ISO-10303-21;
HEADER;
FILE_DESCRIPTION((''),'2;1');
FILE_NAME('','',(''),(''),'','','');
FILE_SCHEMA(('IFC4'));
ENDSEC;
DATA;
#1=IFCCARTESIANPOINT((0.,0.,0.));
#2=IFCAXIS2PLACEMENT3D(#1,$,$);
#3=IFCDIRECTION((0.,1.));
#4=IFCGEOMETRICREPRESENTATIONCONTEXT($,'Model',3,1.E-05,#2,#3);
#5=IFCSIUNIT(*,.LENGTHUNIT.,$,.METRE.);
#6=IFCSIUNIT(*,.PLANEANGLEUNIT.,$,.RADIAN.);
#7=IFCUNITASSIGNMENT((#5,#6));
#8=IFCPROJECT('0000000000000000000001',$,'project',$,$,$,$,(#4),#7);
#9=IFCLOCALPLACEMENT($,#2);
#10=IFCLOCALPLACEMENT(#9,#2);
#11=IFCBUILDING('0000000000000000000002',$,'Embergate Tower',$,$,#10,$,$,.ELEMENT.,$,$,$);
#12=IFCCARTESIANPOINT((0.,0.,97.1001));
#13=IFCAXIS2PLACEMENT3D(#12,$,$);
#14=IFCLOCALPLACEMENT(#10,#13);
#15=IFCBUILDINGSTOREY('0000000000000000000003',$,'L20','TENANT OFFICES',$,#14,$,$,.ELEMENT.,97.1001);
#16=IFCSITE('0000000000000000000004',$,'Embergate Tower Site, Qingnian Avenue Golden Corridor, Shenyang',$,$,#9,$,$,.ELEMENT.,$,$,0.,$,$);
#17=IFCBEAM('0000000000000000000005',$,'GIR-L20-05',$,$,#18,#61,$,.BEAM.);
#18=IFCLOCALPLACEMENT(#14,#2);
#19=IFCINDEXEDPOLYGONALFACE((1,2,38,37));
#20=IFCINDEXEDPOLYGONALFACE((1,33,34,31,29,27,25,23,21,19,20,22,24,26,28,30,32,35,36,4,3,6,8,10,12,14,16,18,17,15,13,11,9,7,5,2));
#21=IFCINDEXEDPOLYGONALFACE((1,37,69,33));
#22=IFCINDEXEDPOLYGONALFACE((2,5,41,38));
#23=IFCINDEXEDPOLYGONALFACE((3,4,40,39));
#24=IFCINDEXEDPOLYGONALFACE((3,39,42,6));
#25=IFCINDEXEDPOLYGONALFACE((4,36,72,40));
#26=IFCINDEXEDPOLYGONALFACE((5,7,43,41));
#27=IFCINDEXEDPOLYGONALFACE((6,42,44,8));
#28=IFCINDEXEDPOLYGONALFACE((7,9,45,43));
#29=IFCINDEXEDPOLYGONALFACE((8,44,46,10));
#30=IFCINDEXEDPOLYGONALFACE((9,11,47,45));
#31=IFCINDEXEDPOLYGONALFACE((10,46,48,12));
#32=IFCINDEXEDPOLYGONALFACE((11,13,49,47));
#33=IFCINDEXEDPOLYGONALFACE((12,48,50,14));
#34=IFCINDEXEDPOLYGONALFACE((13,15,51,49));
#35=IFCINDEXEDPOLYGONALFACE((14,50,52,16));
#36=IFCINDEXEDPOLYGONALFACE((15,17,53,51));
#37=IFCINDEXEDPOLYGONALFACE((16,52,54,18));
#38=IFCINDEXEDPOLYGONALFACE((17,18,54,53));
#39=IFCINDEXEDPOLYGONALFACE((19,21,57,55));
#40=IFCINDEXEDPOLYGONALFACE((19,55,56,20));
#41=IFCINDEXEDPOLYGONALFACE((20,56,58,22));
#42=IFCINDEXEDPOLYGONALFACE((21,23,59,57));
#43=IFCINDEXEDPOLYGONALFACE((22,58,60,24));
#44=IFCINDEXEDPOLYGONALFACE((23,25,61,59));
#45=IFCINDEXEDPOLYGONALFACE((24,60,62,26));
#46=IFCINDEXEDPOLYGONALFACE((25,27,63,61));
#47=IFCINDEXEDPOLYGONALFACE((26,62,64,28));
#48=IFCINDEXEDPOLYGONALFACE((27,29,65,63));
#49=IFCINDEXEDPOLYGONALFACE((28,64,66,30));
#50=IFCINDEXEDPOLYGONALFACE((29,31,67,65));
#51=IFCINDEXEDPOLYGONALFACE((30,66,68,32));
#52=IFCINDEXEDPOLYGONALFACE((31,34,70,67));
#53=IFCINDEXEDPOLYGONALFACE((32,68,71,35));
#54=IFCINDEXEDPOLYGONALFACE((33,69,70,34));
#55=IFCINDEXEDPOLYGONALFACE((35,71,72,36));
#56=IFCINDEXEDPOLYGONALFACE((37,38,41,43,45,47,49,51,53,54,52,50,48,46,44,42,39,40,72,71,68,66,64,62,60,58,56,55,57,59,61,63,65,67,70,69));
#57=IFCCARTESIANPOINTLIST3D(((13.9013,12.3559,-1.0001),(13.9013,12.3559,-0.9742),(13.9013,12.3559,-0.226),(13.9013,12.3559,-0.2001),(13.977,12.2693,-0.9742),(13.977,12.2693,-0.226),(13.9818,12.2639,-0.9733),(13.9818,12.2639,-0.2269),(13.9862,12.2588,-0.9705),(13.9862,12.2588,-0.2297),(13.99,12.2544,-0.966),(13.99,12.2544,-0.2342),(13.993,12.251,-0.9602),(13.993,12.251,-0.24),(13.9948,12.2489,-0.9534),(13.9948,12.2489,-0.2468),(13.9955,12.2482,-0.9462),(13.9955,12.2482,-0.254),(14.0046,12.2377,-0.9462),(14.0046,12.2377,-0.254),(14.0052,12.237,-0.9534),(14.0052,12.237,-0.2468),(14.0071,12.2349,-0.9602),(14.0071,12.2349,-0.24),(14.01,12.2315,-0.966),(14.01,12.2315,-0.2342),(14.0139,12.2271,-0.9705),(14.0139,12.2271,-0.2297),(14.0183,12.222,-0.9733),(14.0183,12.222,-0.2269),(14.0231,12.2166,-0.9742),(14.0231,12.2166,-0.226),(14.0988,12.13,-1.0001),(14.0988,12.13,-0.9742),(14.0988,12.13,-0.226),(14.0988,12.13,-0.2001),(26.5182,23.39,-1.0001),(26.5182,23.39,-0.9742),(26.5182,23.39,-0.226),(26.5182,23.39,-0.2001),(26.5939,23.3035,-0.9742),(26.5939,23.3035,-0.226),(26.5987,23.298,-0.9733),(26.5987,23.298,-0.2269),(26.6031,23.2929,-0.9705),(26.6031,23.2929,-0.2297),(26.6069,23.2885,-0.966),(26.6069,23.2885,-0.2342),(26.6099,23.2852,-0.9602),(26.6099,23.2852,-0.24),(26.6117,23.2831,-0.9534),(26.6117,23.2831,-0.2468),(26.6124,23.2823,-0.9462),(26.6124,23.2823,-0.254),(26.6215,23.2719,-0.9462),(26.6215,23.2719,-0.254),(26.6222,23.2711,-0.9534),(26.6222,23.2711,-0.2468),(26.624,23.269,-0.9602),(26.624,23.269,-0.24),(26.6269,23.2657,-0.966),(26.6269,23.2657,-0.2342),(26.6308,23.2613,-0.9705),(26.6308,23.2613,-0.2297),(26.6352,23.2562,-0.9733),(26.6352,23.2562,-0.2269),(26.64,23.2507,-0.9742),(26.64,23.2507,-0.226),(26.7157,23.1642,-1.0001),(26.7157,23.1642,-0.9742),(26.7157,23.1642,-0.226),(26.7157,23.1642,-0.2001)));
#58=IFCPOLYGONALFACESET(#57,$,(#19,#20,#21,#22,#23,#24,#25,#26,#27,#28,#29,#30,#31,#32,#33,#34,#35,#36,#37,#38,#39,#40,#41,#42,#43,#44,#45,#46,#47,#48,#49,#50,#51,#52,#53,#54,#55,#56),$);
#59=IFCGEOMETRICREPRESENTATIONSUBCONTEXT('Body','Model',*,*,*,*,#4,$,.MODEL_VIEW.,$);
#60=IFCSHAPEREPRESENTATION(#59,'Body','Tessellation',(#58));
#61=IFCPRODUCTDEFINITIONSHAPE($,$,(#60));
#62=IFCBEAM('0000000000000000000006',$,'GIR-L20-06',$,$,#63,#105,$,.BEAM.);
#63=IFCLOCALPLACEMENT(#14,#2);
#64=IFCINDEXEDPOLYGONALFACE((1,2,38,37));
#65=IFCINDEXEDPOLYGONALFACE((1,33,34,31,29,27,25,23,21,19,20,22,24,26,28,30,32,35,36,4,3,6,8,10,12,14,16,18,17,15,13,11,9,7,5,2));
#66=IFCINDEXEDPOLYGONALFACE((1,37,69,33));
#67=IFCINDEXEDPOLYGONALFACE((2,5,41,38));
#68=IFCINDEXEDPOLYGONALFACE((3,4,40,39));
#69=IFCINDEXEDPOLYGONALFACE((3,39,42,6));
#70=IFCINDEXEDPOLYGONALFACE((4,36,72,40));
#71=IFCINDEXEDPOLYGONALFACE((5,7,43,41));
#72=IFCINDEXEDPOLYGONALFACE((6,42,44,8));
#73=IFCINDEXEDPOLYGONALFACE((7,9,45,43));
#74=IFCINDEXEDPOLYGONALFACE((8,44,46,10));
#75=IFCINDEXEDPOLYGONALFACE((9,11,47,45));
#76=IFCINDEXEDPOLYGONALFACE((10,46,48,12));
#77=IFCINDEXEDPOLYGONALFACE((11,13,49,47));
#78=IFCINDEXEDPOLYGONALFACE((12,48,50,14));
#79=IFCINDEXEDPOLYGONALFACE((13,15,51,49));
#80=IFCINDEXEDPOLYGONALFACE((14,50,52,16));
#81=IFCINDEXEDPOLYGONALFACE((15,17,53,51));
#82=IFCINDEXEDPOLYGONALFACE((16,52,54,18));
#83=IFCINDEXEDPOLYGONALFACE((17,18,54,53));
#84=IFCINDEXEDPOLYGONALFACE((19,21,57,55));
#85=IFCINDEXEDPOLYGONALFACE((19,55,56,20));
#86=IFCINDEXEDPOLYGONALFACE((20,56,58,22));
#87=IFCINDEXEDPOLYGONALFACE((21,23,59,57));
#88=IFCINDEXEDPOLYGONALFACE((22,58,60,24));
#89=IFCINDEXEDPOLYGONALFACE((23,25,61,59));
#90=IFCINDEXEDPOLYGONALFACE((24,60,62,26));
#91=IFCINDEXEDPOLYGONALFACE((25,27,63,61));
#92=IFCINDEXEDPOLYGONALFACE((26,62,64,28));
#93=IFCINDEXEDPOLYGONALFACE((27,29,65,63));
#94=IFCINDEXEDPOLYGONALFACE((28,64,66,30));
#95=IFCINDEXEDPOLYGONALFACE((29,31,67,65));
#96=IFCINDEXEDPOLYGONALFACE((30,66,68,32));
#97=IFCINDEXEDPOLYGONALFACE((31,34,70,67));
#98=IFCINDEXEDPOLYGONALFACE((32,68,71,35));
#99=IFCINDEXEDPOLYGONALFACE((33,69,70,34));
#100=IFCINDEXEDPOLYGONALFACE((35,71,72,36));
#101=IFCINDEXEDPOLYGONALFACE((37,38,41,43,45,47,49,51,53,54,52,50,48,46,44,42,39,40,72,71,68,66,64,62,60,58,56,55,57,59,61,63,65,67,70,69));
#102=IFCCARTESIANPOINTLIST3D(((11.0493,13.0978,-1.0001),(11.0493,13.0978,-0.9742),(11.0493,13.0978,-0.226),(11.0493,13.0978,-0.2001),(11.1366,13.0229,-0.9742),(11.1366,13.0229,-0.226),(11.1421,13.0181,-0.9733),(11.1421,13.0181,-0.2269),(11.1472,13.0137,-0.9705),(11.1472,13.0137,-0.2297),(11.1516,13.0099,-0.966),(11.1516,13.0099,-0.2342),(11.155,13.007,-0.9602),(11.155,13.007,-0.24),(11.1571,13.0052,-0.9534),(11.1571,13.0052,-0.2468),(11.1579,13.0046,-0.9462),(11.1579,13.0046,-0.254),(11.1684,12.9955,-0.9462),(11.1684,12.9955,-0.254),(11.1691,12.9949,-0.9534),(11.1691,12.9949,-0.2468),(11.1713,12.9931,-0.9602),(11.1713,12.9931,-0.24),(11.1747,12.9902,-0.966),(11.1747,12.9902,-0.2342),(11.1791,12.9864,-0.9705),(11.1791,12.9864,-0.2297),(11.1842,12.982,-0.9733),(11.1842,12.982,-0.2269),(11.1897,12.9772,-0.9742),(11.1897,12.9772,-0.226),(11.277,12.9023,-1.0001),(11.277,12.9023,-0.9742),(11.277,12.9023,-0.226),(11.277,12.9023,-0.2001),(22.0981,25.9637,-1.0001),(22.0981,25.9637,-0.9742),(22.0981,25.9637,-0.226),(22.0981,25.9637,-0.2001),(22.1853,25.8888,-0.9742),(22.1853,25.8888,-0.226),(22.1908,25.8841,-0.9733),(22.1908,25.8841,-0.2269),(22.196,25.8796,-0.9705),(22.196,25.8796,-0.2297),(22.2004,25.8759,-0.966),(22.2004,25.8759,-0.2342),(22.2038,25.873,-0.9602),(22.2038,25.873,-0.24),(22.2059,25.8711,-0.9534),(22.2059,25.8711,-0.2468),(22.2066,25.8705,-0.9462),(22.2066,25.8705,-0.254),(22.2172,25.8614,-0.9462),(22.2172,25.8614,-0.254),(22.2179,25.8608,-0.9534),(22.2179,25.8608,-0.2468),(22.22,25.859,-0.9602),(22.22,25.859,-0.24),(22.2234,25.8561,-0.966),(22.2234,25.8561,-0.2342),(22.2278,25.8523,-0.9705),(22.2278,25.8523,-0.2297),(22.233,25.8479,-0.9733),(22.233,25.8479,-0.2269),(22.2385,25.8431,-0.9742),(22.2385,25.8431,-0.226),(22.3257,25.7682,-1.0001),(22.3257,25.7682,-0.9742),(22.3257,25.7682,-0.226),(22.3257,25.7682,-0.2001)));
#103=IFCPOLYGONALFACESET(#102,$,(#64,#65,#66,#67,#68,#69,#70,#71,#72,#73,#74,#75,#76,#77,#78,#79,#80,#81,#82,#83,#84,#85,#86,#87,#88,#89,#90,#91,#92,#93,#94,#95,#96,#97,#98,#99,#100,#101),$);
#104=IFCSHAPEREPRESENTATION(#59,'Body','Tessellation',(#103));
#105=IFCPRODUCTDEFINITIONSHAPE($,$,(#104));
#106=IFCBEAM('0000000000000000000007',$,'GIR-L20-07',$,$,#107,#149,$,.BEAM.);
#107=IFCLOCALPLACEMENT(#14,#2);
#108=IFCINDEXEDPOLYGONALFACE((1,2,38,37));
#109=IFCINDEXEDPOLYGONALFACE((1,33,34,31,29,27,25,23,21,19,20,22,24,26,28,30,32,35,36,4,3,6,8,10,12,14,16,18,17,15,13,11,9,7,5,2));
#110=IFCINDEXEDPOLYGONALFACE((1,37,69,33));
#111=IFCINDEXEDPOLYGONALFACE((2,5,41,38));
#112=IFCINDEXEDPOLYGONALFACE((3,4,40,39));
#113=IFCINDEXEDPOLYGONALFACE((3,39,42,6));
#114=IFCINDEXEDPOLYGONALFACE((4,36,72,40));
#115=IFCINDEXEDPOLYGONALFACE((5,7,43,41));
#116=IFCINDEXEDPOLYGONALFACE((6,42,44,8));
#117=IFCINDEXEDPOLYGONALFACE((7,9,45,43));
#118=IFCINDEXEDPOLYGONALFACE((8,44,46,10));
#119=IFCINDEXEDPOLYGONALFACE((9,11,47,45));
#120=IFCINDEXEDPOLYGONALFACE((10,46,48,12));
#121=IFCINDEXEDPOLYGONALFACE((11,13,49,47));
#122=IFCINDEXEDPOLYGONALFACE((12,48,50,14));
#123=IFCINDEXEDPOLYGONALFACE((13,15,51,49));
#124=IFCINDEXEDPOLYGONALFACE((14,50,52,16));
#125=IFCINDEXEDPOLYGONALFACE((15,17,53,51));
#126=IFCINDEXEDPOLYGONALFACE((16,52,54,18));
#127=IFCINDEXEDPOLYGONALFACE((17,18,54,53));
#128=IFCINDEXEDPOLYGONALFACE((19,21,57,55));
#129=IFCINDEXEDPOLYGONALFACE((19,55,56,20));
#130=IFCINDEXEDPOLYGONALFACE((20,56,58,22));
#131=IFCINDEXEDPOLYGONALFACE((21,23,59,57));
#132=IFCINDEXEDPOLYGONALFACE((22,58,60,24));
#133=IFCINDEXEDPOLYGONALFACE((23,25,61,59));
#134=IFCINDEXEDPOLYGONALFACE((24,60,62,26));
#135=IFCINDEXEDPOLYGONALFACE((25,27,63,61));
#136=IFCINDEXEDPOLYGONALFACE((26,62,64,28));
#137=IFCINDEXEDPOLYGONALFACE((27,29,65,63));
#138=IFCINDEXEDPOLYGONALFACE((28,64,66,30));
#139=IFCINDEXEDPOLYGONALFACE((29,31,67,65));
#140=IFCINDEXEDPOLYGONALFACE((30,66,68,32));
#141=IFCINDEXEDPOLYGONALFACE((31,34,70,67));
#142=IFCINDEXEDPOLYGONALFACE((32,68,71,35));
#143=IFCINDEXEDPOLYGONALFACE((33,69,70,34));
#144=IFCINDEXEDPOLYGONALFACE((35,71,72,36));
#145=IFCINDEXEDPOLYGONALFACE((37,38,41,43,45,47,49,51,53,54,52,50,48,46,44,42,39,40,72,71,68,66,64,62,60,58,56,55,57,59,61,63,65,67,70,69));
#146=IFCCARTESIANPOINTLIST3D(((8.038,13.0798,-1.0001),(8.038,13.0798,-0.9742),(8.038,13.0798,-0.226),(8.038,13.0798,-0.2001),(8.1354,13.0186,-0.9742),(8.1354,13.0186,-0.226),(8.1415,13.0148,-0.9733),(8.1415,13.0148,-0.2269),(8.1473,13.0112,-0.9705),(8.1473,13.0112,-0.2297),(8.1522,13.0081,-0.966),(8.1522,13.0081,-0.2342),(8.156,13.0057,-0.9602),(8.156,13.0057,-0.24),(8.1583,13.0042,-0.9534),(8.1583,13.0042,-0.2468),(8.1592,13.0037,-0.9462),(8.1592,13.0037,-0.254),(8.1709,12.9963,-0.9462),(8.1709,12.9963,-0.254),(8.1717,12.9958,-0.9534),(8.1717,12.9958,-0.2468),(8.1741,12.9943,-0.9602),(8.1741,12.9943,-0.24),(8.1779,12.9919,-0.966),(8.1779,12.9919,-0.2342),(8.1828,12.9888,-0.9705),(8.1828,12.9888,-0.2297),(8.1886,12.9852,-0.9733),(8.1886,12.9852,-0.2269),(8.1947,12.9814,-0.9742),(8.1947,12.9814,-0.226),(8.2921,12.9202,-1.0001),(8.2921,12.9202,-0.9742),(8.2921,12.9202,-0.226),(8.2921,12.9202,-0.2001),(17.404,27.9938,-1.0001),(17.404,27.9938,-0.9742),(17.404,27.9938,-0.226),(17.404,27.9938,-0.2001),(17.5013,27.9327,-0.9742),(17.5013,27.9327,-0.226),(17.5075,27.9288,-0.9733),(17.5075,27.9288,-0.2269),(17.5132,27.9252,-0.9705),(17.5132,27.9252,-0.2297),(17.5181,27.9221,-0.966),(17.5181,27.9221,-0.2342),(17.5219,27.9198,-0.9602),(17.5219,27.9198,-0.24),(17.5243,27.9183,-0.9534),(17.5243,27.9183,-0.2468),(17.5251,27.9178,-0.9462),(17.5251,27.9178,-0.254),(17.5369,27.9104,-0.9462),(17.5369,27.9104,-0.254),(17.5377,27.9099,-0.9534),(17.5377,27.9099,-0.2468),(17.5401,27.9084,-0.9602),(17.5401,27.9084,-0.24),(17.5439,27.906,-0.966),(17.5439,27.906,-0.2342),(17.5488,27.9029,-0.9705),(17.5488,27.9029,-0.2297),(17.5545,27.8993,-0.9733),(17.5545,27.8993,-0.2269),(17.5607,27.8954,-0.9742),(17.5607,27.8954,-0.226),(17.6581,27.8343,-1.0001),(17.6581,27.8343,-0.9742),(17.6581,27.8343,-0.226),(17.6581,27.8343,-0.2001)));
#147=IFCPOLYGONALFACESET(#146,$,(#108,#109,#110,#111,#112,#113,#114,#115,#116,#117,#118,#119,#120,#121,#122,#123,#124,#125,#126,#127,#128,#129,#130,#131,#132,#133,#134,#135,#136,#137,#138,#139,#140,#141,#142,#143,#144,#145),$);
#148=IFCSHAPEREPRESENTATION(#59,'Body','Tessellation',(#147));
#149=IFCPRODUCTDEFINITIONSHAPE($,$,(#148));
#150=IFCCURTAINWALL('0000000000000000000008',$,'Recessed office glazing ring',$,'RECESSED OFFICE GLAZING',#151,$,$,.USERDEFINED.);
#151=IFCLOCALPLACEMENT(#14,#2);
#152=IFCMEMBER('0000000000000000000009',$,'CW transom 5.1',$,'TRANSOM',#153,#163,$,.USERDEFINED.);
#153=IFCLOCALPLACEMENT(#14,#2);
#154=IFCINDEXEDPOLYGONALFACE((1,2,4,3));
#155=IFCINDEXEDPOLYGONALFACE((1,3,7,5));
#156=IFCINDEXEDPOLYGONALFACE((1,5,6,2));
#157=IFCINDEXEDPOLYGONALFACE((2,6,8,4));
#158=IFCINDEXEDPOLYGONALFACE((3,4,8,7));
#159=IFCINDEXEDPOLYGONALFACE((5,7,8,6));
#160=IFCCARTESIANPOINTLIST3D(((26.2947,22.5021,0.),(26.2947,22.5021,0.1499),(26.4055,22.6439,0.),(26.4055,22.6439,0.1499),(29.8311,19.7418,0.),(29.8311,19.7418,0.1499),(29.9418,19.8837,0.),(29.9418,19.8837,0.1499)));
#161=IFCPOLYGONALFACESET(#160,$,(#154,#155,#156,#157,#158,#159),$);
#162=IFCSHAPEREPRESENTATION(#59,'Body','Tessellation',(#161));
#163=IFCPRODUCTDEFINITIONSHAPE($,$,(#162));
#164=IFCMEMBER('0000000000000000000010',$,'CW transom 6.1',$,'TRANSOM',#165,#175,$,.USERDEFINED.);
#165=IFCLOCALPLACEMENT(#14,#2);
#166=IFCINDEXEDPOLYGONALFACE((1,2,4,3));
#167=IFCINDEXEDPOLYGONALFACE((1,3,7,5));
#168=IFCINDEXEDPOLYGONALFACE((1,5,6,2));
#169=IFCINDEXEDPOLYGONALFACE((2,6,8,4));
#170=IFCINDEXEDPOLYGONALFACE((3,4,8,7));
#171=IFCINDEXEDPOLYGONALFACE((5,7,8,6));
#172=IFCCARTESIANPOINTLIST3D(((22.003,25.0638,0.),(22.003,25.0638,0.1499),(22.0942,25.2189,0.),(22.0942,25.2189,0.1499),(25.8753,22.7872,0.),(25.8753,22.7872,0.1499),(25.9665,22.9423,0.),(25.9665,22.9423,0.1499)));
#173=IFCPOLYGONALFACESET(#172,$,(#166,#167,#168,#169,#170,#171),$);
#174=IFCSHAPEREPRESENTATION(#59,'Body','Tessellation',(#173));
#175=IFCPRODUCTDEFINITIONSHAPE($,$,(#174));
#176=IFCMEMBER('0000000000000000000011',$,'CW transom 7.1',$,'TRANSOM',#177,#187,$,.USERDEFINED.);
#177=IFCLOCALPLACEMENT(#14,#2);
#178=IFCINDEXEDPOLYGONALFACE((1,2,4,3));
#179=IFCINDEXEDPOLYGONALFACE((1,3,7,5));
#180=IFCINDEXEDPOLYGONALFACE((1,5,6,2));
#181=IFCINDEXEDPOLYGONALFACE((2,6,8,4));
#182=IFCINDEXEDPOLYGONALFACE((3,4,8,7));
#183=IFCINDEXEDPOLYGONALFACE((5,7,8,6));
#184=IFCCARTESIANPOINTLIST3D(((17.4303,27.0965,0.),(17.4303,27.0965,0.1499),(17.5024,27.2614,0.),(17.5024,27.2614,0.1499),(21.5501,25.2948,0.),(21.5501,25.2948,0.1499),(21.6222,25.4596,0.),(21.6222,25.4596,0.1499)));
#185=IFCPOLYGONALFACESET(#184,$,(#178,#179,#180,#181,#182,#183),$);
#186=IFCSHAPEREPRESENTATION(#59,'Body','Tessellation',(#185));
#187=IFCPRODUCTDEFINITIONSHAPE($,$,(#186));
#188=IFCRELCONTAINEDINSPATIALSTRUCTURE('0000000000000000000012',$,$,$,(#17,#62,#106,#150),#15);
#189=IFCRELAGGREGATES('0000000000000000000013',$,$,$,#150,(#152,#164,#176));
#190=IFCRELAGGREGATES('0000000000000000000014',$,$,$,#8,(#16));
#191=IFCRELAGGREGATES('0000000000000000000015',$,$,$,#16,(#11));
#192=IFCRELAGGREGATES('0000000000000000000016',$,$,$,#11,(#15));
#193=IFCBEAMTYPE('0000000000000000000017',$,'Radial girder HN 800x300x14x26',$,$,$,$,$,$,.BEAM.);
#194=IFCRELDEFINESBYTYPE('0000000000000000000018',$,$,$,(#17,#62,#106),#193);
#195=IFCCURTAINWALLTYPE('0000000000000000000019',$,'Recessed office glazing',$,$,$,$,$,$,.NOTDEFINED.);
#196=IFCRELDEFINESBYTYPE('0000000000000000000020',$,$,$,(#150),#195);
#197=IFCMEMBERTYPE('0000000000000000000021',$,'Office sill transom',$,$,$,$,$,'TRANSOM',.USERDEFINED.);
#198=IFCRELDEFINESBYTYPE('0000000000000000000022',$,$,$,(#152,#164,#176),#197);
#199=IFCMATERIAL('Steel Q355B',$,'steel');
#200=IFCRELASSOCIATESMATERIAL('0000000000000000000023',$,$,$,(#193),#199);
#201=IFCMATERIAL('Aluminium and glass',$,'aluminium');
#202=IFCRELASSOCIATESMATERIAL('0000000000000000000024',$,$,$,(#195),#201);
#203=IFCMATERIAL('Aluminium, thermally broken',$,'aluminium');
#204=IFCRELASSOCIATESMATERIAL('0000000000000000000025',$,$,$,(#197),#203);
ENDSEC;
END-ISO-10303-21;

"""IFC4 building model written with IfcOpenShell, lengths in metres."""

from ifc_helpers import new_model, si_unit, direction, frame, origin, origin_2d, place, context, subcontext, project, spatial, rectangle, i_section, extrude, source, transform, mapped, material, material_profile, profile_set, type_object, element, aggregate, save


model = new_model("IFC4")

# Units and contexts
model_context = context("Model", 3, precision=1e-05, world=origin(), true_north=direction((0.0, 1.0)))
body_context = subcontext(model_context, "Body", "Model", "MODEL_VIEW")
ifc_project = project(units=[si_unit("LENGTHUNIT", "METRE"), si_unit("PLANEANGLEUNIT", "RADIAN")], contexts=[model_context])

# Site, building, storey
site_placement = place(None, origin())
site = spatial("IfcSite", under=ifc_project, at=site_placement, Name="Embergate Tower Site, Qingnian Avenue Golden Corridor, Shenyang", CompositionType="ELEMENT", RefElevation=0.0)
building_placement = place(site_placement, origin())
building = spatial("IfcBuilding", under=site, at=building_placement, Name="Embergate Tower", CompositionType="ELEMENT")
storey_placement = place(building_placement, frame((0.0, 0.0, 97.1001)))
storey = spatial("IfcBuildingStorey", under=building, at=storey_placement, Name="L20", Description="TENANT OFFICES", CompositionType="ELEMENT", Elevation=97.1001)

# Beams
ifc_material_1 = material(Name="Steel Q355B", Category="steel")
ifc_material_profile_1 = material_profile(ifc_material_1, i_section(OverallWidth=0.3, OverallDepth=0.8, WebThickness=0.0139, FlangeThickness=0.0259, FilletRadius=0.0281, at=origin_2d()), Name="HN 800x300x14x26")
ifc_profile_set_1 = profile_set([ifc_material_profile_1], Name="Steel Q355 grade B")
beam_type_1 = type_object("IfcBeamType", Name="Radial girder HN 800x300x14x26", PredefinedType="BEAM", material=ifc_profile_set_1)
shared_shape_1 = source(origin(), body_context, "Body", "SweptSolid", [
    extrude(i_section(OverallWidth=0.3, OverallDepth=0.8, WebThickness=0.0139, FlangeThickness=0.0259, FilletRadius=0.0281, at=origin_2d()), origin(), (0.0, 0.0, 1.0), 16.7612),
])
beam_1_placement = place(storey_placement, frame((26.6169, 23.2771, -0.6001), z_axis=(-0.752744, -0.658314, 0.0), x_axis=(0.658314, -0.752744, 0.0)))
element("IfcBeam", 1, at=beam_1_placement, inside=storey, type_object=beam_type_1, Name="GIR-L20-05", PredefinedType="BEAM", context=body_context, shape_type="MappedRepresentation", body=[
    mapped(shared_shape_1, transform((0.0, 0.0, 0.0))),
])
shared_shape_2 = source(origin(), body_context, "Body", "SweptSolid", [
    extrude(i_section(OverallWidth=0.3, OverallDepth=0.8, WebThickness=0.0139, FlangeThickness=0.0259, FilletRadius=0.0281, at=origin_2d()), origin(), (0.0, 0.0, 1.0), 16.959),
])
beam_2_placement = place(storey_placement, frame((22.2119, 25.866, -0.6001), z_axis=(-0.6515, -0.758649, 0.0), x_axis=(0.758649, -0.6515, 0.0)))
element("IfcBeam", 2, at=beam_2_placement, inside=storey, type_object=beam_type_1, Name="GIR-L20-06", PredefinedType="BEAM", context=body_context, shape_type="MappedRepresentation", body=[
    mapped(shared_shape_2, transform((0.0, 0.0, 0.0))),
])
shared_shape_3 = source(origin(), body_context, "Body", "SweptSolid", [
    extrude(i_section(OverallWidth=0.3, OverallDepth=0.8, WebThickness=0.0139, FlangeThickness=0.0259, FilletRadius=0.0281, at=origin_2d()), origin(), (0.0, 0.0, 1.0), 17.6111),
])
beam_3_placement = place(storey_placement, frame((17.531, 27.9141, -0.6001), z_axis=(-0.531822, -0.846856, 0.0), x_axis=(0.846856, -0.531822, 0.0)))
element("IfcBeam", 3, at=beam_3_placement, inside=storey, type_object=beam_type_1, Name="GIR-L20-07", PredefinedType="BEAM", context=body_context, shape_type="MappedRepresentation", body=[
    mapped(shared_shape_3, transform((0.0, 0.0, 0.0))),
])

# Curtain wall, members
ifc_material_2 = material(Name="Aluminium and glass", Category="aluminium")
curtain_wall_type = type_object("IfcCurtainWallType", Name="Recessed office glazing", PredefinedType="NOTDEFINED", material=ifc_material_2)
curtain_wall_placement = place(storey_placement, origin())
curtain_wall = element("IfcCurtainWall", 4, at=curtain_wall_placement, inside=storey, type_object=curtain_wall_type, Name="Recessed office glazing ring", ObjectType="RECESSED OFFICE GLAZING", PredefinedType="USERDEFINED")
ifc_material_3 = material(Name="Aluminium, thermally broken", Category="aluminium")
ifc_material_profile_2 = material_profile(ifc_material_3, rectangle(XDim=0.1799, YDim=0.1499, at=origin_2d()), Name="AL 150x180")
ifc_profile_set_2 = profile_set([ifc_material_profile_2], Name="Aluminium, thermally broken")
member_type_1 = type_object("IfcMemberType", Name="Office sill transom", ElementType="TRANSOM", PredefinedType="USERDEFINED", material=ifc_profile_set_2)
shared_shape_4 = source(origin(), body_context, "Body", "SweptSolid", [
    extrude(rectangle(XDim=0.1799, YDim=0.1499, at=origin_2d()), origin(), (0.0, 0.0, 1.0), 4.4861),
])
member_1_placement = place(storey_placement, frame((29.8865, 19.8127, 0.075), z_axis=(-0.788299, 0.615292, 0.0), x_axis=(-0.615292, -0.788299, 0.0)))
member_1 = element("IfcMember", 5, at=member_1_placement, type_object=member_type_1, Name="CW transom 5.1", ObjectType="TRANSOM", PredefinedType="USERDEFINED", context=body_context, shape_type="MappedRepresentation", body=[
    mapped(shared_shape_4, transform((0.0, 0.0, 0.0))),
])
shared_shape_5 = source(origin(), body_context, "Body", "SweptSolid", [
    extrude(rectangle(XDim=0.1799, YDim=0.1499, at=origin_2d()), origin(), (0.0, 0.0, 1.0), 4.4919),
])
member_2_placement = place(storey_placement, frame((25.9209, 22.8647, 0.075), z_axis=(-0.862053, 0.506818, 0.0), x_axis=(-0.506818, -0.862053, 0.0)))
member_2 = element("IfcMember", 6, at=member_2_placement, type_object=member_type_1, Name="CW transom 6.1", ObjectType="TRANSOM", PredefinedType="USERDEFINED", context=body_context, shape_type="MappedRepresentation", body=[
    mapped(shared_shape_5, transform((0.0, 0.0, 0.0))),
])
shared_shape_6 = source(origin(), body_context, "Body", "SweptSolid", [
    extrude(rectangle(XDim=0.1799, YDim=0.1499, at=origin_2d()), origin(), (0.0, 0.0, 1.0), 4.4966),
])
member_3_placement = place(storey_placement, frame((21.5862, 25.3772, 0.075), z_axis=(-0.916213, 0.400691, 0.0), x_axis=(-0.400691, -0.916213, 0.0)))
member_3 = element("IfcMember", 7, at=member_3_placement, type_object=member_type_1, Name="CW transom 7.1", ObjectType="TRANSOM", PredefinedType="USERDEFINED", context=body_context, shape_type="MappedRepresentation", body=[
    mapped(shared_shape_6, transform((0.0, 0.0, 0.0))),
])
aggregate(curtain_wall, [member_1, member_2, member_3])

save(model, "model.ifc")
